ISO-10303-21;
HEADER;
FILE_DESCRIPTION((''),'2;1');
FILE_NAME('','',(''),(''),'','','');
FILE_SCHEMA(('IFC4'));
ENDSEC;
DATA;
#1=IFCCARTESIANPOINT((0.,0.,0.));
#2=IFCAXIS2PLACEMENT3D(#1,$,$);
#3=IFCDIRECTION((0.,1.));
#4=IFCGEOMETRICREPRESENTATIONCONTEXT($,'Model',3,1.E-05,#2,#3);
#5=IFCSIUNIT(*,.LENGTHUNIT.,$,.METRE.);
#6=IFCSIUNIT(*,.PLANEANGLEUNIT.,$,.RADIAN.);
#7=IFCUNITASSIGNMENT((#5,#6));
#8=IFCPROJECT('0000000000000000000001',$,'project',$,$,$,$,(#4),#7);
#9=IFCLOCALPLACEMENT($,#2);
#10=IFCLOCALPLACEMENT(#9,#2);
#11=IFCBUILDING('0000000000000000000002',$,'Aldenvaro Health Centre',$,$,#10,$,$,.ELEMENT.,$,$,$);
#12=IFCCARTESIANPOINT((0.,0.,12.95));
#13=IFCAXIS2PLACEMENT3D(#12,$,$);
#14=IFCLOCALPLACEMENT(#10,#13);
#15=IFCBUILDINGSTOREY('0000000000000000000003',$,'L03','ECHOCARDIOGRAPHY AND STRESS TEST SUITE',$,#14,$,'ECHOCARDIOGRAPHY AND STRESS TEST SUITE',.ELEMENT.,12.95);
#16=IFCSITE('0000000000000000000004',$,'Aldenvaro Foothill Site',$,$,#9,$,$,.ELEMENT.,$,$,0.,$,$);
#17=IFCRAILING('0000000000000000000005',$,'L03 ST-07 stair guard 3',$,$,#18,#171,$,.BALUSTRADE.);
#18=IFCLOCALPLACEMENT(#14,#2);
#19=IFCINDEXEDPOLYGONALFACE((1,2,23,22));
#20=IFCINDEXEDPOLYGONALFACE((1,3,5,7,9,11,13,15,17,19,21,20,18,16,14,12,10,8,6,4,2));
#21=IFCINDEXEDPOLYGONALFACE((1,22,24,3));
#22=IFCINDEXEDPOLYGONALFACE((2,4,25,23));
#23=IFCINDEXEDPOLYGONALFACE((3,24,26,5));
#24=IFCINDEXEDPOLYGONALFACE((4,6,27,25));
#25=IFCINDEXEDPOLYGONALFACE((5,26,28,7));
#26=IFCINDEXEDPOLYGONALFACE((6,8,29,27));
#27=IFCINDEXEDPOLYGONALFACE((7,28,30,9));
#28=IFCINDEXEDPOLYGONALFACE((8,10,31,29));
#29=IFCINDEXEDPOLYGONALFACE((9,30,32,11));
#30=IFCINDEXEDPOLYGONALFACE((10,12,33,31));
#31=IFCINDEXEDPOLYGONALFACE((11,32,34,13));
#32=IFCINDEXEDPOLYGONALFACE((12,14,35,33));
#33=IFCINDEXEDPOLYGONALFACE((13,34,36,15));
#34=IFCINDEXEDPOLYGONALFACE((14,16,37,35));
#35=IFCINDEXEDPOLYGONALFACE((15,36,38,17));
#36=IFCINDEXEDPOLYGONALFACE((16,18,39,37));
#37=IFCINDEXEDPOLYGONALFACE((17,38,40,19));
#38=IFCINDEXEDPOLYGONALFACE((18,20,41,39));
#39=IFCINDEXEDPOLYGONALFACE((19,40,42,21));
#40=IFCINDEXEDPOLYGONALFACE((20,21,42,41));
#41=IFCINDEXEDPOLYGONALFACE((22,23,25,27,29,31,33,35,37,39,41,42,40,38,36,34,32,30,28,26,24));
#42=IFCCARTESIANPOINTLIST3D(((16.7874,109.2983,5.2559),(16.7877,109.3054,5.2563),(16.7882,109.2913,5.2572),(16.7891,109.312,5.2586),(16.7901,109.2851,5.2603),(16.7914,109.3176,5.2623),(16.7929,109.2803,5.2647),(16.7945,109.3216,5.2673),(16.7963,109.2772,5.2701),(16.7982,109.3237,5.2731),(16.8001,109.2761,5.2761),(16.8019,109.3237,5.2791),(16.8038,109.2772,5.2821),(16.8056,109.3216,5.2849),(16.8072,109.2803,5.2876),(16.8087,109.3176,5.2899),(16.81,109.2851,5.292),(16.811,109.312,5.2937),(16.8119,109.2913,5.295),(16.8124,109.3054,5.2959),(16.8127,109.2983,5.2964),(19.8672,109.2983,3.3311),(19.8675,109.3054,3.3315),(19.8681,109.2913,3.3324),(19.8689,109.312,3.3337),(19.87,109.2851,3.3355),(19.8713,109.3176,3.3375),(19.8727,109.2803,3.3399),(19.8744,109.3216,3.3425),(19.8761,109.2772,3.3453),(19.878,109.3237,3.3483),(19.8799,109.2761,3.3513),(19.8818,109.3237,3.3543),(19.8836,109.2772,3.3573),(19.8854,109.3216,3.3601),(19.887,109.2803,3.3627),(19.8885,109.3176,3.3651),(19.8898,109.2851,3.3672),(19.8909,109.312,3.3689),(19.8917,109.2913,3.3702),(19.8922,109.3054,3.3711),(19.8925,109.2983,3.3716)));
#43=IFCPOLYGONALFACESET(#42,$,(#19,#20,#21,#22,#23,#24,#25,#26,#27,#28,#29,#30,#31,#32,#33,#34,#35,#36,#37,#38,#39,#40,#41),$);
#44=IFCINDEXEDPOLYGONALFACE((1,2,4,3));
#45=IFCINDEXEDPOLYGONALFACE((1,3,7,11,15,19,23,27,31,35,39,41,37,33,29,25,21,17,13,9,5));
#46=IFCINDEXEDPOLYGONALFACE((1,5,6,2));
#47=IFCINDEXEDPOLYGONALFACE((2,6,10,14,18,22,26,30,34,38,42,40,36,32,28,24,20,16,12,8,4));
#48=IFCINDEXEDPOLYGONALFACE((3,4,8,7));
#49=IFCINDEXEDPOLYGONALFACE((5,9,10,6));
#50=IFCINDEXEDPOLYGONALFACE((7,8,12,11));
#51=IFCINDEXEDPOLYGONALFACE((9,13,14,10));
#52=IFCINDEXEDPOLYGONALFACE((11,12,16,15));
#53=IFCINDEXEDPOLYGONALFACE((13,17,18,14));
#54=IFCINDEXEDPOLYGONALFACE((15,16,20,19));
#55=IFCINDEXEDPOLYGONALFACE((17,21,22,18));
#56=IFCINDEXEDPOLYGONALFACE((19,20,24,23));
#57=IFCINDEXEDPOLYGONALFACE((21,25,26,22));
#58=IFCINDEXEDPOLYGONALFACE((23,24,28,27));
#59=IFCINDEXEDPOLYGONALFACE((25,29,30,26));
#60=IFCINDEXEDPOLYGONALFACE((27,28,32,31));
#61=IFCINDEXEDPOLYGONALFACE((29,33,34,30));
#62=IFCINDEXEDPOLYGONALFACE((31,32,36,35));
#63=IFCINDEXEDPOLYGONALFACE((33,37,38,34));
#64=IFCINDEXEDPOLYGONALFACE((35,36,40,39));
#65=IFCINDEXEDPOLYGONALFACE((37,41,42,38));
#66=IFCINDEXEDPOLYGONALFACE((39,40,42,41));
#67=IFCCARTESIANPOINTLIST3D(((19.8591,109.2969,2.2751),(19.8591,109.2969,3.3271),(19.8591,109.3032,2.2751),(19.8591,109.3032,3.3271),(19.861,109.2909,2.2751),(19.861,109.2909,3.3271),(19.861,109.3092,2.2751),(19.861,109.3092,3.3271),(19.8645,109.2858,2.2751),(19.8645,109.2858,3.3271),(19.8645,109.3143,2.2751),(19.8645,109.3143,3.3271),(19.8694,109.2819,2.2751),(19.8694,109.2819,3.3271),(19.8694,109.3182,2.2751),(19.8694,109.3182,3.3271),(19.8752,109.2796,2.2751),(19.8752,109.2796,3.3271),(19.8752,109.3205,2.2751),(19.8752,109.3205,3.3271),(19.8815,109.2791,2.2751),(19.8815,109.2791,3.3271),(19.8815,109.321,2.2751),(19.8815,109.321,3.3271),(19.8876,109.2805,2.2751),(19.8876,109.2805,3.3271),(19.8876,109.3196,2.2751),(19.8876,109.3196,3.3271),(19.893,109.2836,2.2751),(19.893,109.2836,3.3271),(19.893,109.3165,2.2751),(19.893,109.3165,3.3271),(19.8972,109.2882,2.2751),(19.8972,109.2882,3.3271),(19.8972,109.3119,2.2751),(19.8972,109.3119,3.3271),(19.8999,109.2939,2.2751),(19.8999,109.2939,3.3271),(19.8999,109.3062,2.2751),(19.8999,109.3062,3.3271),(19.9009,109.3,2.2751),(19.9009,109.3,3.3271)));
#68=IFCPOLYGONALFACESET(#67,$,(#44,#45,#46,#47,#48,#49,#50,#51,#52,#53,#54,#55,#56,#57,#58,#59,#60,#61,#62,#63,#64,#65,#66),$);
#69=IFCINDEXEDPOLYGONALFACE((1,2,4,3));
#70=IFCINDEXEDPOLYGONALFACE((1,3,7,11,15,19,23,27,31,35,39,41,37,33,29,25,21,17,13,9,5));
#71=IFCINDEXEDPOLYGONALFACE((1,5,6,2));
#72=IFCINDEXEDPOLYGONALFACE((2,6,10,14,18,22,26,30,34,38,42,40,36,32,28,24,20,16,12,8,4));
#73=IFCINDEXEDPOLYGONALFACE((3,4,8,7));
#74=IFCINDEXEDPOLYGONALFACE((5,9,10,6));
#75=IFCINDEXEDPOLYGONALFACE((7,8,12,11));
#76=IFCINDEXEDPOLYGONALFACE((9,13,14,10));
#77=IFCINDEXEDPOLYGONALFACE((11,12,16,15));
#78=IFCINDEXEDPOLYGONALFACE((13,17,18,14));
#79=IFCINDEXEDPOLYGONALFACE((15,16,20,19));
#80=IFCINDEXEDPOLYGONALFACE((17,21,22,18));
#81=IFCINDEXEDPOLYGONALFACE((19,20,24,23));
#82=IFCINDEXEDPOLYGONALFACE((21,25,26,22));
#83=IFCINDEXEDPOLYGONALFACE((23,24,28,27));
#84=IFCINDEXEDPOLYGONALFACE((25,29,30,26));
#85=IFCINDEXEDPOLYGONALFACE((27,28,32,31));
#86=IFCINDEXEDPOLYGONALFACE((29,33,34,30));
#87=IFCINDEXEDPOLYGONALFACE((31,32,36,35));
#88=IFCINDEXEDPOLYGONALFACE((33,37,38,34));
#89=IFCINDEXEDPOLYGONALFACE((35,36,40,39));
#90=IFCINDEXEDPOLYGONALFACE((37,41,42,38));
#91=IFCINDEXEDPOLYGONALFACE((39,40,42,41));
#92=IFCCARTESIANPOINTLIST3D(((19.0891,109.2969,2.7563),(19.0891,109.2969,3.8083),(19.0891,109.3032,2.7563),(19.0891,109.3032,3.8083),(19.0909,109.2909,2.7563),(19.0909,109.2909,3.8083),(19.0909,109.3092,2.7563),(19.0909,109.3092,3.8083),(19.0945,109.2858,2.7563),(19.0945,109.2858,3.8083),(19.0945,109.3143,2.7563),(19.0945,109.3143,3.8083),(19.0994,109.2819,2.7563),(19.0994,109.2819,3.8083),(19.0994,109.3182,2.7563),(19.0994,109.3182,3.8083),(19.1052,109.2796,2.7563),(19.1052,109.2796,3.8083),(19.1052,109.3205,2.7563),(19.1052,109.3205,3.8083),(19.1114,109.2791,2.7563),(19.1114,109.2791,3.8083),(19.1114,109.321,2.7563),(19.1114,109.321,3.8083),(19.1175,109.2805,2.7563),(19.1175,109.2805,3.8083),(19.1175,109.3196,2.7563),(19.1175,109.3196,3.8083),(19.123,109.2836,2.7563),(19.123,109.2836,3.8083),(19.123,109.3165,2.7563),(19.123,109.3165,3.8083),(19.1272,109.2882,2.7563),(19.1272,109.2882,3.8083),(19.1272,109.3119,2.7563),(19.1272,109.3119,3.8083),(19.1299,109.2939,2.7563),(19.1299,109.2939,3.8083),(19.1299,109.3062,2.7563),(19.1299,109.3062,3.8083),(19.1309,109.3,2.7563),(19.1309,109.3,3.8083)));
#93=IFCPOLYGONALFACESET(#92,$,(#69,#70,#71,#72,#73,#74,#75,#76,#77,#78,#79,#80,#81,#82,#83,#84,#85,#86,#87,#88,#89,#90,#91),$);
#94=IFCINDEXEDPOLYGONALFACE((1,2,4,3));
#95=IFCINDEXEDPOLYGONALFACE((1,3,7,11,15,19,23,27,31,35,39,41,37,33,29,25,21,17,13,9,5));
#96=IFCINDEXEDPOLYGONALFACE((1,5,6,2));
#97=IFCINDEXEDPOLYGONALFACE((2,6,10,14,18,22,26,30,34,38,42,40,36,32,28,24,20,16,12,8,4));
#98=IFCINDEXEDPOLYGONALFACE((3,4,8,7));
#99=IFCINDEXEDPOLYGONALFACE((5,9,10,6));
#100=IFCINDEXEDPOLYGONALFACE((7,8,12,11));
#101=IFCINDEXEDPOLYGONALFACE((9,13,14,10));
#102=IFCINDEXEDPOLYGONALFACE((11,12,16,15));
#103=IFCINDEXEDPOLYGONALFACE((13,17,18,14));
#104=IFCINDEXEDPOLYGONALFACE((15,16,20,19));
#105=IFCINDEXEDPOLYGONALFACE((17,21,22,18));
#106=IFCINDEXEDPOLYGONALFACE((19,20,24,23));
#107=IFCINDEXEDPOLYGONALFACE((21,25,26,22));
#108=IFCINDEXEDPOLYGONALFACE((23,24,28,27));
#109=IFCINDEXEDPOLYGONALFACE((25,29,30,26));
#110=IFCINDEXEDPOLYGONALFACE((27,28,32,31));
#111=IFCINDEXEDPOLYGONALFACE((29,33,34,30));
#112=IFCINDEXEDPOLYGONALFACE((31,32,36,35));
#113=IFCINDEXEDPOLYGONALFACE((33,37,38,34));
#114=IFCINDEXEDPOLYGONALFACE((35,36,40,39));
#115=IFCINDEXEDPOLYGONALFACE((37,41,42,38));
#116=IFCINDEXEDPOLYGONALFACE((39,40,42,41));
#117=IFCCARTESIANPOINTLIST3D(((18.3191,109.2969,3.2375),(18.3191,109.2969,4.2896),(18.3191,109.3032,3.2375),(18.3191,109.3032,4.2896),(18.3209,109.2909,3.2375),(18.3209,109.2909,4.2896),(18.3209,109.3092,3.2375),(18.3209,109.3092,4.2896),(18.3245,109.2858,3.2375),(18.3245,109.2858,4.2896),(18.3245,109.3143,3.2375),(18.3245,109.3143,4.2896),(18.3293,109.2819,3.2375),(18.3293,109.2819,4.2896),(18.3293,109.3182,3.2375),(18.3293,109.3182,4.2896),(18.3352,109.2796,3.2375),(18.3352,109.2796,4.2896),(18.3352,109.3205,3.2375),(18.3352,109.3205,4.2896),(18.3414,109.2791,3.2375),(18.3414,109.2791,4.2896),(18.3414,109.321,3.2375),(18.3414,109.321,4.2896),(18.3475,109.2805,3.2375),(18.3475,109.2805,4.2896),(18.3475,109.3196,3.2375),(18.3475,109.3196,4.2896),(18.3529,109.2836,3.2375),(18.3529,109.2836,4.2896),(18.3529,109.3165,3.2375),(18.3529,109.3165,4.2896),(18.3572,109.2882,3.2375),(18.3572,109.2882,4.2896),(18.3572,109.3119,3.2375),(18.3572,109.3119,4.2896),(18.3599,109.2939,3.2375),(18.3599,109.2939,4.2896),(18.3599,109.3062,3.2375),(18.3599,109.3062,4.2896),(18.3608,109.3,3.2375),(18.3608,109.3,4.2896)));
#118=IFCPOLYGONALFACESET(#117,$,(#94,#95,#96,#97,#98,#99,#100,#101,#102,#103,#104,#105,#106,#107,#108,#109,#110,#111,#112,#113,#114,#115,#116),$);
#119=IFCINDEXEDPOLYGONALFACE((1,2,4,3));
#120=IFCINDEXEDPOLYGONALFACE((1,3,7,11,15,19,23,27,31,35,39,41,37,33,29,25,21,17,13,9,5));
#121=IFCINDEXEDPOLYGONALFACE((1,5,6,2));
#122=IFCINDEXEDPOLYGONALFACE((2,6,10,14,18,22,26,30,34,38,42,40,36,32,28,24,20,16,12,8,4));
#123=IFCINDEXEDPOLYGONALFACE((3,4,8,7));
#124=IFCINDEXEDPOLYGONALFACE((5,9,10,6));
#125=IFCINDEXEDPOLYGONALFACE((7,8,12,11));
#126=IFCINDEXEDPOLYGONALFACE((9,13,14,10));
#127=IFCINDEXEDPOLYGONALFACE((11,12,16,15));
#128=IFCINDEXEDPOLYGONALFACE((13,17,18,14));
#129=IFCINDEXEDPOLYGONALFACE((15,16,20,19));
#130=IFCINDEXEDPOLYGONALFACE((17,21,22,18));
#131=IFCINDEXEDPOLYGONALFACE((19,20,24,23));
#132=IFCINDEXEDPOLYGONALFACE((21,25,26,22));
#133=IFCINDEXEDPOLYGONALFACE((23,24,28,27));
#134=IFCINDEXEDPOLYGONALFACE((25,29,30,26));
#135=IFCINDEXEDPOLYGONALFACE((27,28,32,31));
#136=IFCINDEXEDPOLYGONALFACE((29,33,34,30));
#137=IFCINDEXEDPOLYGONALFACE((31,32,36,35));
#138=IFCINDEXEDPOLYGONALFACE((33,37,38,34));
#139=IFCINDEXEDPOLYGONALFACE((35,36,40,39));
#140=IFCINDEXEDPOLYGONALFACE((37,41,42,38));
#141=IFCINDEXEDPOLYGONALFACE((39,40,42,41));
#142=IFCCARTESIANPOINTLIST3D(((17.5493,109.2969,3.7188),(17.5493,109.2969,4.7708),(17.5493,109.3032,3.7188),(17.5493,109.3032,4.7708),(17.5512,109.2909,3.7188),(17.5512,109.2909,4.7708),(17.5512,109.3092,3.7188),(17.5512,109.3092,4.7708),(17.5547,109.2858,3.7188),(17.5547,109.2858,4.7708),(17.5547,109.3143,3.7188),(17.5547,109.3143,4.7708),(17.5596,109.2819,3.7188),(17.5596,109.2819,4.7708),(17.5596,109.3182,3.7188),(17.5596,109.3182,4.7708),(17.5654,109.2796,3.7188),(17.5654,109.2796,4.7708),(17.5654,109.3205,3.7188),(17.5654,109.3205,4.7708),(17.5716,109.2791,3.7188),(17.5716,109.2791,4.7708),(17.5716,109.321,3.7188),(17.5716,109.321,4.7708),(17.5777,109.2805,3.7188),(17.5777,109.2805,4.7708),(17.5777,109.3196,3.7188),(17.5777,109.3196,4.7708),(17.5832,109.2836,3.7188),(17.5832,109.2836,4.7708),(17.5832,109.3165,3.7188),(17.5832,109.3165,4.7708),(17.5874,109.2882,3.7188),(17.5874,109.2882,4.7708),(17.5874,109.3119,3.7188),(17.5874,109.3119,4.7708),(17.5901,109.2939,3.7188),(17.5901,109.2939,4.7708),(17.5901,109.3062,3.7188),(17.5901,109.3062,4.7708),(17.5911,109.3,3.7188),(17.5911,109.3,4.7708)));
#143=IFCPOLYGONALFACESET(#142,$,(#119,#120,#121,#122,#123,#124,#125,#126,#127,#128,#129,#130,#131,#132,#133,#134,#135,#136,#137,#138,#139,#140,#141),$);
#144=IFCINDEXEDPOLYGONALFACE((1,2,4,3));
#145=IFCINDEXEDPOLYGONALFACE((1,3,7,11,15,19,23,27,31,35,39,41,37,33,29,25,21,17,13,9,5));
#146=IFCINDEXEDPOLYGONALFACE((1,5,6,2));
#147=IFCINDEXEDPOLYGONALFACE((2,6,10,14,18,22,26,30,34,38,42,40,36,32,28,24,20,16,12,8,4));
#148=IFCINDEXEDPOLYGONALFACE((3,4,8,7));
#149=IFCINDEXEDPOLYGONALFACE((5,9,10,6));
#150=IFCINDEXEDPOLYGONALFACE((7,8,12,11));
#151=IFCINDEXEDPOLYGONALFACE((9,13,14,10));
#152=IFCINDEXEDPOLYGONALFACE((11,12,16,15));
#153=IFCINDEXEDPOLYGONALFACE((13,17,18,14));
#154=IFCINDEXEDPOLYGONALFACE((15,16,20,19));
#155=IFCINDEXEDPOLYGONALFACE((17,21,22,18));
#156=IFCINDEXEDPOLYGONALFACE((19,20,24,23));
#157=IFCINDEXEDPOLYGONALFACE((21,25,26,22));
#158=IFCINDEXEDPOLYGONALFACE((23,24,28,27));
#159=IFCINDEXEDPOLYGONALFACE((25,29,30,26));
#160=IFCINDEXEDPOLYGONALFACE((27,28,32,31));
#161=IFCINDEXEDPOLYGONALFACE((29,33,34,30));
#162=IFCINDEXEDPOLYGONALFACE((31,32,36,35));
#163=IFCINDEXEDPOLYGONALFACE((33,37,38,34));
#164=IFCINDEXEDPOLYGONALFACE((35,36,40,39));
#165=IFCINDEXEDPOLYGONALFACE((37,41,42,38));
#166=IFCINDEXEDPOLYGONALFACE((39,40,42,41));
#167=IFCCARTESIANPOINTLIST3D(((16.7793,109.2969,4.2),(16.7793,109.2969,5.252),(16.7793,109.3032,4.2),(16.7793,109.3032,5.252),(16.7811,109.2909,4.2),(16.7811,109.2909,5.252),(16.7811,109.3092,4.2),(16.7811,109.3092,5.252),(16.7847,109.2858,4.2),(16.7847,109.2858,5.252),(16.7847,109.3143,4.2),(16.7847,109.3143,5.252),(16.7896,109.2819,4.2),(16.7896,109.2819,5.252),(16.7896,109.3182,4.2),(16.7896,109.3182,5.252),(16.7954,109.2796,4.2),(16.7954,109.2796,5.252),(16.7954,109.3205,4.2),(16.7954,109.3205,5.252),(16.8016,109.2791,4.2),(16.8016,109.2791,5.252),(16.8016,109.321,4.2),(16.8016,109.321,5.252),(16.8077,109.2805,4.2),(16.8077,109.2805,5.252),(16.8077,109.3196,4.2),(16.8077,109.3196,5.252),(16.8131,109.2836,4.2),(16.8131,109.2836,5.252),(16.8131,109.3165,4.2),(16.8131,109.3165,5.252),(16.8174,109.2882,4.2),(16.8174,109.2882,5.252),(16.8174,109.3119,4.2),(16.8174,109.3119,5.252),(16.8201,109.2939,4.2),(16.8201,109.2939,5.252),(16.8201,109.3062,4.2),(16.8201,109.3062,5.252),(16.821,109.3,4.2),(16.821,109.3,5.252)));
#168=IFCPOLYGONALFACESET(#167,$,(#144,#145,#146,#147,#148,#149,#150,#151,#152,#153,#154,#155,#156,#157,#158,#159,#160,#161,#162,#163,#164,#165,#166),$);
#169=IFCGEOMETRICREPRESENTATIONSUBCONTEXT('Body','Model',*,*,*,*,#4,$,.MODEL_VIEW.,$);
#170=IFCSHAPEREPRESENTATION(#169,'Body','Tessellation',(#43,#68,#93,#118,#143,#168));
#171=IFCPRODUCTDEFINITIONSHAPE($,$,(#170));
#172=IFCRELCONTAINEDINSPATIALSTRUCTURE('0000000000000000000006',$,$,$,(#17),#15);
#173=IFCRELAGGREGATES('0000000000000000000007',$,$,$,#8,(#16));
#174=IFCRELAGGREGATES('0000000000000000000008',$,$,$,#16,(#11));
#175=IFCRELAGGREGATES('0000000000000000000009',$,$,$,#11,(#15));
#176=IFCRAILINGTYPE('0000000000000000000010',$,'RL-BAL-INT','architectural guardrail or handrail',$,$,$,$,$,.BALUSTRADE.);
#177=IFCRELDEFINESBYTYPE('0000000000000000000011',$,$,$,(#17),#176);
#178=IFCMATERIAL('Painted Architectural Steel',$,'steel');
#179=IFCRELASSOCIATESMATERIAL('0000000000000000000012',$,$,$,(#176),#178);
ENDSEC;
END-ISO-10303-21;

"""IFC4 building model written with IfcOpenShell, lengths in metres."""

from ifc_helpers import new_model, si_unit, direction, frame, origin, origin_2d, place, context, subcontext, project, spatial, circle, extrude, material, type_object, element, save


model = new_model("IFC4")

# Units and contexts
model_context = context("Model", 3, precision=1e-05, world=origin(), true_north=direction((0.0, 1.0)))
body_context = subcontext(model_context, "Body", "Model", "MODEL_VIEW")
ifc_project = project(units=[si_unit("LENGTHUNIT", "METRE"), si_unit("PLANEANGLEUNIT", "RADIAN")], contexts=[model_context])

# Site, building, storey
site_placement = place(None, origin())
site = spatial("IfcSite", under=ifc_project, at=site_placement, Name="Aldenvaro Foothill Site", CompositionType="ELEMENT", RefElevation=0.0)
building_placement = place(site_placement, origin())
building = spatial("IfcBuilding", under=site, at=building_placement, Name="Aldenvaro Health Centre", CompositionType="ELEMENT")
storey_placement = place(building_placement, frame((0.0, 0.0, 12.95)))
storey = spatial("IfcBuildingStorey", under=building, at=storey_placement, Name="L03", Description="ECHOCARDIOGRAPHY AND STRESS TEST SUITE", LongName="ECHOCARDIOGRAPHY AND STRESS TEST SUITE", CompositionType="ELEMENT", Elevation=12.95)

# Railing
ifc_material_1 = material(Name="Painted Architectural Steel", Category="steel")
railing_type_1 = type_object("IfcRailingType", Name="RL-BAL-INT", Description="architectural guardrail or handrail", PredefinedType="BALUSTRADE", material=ifc_material_1)
railing_1_placement = place(storey_placement, frame((19.8799, 109.3, 2.2751)))
element("IfcRailing", 1, at=railing_1_placement, inside=storey, type_object=railing_type_1, Name="L03 ST-07 stair guard 3", PredefinedType="BALUSTRADE", context=body_context, shape_type="SweptSolid", body=[
    extrude(circle(Radius=0.0239, at=origin_2d()), frame((0.0, 0.0, 1.0762), z_axis=(-0.84801, 0.0, 0.529981), x_axis=(0.0, -1.0, 0.0)), (0.0, 0.0, 1.0), 3.6318),
    extrude(circle(Radius=0.021, at=origin_2d()), origin(), (0.0, 0.0, 1.0), 1.052),
    extrude(circle(Radius=0.021, at=origin_2d()), frame((-0.77, 0.0, 0.4812)), (0.0, 0.0, 1.0), 1.052),
    extrude(circle(Radius=0.021, at=origin_2d()), frame((-1.54, 0.0, 0.9624)), (0.0, 0.0, 1.0), 1.052),
    extrude(circle(Radius=0.021, at=origin_2d()), frame((-2.3098, 0.0, 1.4436)), (0.0, 0.0, 1.0), 1.052),
    extrude(circle(Radius=0.021, at=origin_2d()), frame((-3.0798, 0.0, 1.9248)), (0.0, 0.0, 1.0), 1.052),
])

save(model, "model.ifc")
